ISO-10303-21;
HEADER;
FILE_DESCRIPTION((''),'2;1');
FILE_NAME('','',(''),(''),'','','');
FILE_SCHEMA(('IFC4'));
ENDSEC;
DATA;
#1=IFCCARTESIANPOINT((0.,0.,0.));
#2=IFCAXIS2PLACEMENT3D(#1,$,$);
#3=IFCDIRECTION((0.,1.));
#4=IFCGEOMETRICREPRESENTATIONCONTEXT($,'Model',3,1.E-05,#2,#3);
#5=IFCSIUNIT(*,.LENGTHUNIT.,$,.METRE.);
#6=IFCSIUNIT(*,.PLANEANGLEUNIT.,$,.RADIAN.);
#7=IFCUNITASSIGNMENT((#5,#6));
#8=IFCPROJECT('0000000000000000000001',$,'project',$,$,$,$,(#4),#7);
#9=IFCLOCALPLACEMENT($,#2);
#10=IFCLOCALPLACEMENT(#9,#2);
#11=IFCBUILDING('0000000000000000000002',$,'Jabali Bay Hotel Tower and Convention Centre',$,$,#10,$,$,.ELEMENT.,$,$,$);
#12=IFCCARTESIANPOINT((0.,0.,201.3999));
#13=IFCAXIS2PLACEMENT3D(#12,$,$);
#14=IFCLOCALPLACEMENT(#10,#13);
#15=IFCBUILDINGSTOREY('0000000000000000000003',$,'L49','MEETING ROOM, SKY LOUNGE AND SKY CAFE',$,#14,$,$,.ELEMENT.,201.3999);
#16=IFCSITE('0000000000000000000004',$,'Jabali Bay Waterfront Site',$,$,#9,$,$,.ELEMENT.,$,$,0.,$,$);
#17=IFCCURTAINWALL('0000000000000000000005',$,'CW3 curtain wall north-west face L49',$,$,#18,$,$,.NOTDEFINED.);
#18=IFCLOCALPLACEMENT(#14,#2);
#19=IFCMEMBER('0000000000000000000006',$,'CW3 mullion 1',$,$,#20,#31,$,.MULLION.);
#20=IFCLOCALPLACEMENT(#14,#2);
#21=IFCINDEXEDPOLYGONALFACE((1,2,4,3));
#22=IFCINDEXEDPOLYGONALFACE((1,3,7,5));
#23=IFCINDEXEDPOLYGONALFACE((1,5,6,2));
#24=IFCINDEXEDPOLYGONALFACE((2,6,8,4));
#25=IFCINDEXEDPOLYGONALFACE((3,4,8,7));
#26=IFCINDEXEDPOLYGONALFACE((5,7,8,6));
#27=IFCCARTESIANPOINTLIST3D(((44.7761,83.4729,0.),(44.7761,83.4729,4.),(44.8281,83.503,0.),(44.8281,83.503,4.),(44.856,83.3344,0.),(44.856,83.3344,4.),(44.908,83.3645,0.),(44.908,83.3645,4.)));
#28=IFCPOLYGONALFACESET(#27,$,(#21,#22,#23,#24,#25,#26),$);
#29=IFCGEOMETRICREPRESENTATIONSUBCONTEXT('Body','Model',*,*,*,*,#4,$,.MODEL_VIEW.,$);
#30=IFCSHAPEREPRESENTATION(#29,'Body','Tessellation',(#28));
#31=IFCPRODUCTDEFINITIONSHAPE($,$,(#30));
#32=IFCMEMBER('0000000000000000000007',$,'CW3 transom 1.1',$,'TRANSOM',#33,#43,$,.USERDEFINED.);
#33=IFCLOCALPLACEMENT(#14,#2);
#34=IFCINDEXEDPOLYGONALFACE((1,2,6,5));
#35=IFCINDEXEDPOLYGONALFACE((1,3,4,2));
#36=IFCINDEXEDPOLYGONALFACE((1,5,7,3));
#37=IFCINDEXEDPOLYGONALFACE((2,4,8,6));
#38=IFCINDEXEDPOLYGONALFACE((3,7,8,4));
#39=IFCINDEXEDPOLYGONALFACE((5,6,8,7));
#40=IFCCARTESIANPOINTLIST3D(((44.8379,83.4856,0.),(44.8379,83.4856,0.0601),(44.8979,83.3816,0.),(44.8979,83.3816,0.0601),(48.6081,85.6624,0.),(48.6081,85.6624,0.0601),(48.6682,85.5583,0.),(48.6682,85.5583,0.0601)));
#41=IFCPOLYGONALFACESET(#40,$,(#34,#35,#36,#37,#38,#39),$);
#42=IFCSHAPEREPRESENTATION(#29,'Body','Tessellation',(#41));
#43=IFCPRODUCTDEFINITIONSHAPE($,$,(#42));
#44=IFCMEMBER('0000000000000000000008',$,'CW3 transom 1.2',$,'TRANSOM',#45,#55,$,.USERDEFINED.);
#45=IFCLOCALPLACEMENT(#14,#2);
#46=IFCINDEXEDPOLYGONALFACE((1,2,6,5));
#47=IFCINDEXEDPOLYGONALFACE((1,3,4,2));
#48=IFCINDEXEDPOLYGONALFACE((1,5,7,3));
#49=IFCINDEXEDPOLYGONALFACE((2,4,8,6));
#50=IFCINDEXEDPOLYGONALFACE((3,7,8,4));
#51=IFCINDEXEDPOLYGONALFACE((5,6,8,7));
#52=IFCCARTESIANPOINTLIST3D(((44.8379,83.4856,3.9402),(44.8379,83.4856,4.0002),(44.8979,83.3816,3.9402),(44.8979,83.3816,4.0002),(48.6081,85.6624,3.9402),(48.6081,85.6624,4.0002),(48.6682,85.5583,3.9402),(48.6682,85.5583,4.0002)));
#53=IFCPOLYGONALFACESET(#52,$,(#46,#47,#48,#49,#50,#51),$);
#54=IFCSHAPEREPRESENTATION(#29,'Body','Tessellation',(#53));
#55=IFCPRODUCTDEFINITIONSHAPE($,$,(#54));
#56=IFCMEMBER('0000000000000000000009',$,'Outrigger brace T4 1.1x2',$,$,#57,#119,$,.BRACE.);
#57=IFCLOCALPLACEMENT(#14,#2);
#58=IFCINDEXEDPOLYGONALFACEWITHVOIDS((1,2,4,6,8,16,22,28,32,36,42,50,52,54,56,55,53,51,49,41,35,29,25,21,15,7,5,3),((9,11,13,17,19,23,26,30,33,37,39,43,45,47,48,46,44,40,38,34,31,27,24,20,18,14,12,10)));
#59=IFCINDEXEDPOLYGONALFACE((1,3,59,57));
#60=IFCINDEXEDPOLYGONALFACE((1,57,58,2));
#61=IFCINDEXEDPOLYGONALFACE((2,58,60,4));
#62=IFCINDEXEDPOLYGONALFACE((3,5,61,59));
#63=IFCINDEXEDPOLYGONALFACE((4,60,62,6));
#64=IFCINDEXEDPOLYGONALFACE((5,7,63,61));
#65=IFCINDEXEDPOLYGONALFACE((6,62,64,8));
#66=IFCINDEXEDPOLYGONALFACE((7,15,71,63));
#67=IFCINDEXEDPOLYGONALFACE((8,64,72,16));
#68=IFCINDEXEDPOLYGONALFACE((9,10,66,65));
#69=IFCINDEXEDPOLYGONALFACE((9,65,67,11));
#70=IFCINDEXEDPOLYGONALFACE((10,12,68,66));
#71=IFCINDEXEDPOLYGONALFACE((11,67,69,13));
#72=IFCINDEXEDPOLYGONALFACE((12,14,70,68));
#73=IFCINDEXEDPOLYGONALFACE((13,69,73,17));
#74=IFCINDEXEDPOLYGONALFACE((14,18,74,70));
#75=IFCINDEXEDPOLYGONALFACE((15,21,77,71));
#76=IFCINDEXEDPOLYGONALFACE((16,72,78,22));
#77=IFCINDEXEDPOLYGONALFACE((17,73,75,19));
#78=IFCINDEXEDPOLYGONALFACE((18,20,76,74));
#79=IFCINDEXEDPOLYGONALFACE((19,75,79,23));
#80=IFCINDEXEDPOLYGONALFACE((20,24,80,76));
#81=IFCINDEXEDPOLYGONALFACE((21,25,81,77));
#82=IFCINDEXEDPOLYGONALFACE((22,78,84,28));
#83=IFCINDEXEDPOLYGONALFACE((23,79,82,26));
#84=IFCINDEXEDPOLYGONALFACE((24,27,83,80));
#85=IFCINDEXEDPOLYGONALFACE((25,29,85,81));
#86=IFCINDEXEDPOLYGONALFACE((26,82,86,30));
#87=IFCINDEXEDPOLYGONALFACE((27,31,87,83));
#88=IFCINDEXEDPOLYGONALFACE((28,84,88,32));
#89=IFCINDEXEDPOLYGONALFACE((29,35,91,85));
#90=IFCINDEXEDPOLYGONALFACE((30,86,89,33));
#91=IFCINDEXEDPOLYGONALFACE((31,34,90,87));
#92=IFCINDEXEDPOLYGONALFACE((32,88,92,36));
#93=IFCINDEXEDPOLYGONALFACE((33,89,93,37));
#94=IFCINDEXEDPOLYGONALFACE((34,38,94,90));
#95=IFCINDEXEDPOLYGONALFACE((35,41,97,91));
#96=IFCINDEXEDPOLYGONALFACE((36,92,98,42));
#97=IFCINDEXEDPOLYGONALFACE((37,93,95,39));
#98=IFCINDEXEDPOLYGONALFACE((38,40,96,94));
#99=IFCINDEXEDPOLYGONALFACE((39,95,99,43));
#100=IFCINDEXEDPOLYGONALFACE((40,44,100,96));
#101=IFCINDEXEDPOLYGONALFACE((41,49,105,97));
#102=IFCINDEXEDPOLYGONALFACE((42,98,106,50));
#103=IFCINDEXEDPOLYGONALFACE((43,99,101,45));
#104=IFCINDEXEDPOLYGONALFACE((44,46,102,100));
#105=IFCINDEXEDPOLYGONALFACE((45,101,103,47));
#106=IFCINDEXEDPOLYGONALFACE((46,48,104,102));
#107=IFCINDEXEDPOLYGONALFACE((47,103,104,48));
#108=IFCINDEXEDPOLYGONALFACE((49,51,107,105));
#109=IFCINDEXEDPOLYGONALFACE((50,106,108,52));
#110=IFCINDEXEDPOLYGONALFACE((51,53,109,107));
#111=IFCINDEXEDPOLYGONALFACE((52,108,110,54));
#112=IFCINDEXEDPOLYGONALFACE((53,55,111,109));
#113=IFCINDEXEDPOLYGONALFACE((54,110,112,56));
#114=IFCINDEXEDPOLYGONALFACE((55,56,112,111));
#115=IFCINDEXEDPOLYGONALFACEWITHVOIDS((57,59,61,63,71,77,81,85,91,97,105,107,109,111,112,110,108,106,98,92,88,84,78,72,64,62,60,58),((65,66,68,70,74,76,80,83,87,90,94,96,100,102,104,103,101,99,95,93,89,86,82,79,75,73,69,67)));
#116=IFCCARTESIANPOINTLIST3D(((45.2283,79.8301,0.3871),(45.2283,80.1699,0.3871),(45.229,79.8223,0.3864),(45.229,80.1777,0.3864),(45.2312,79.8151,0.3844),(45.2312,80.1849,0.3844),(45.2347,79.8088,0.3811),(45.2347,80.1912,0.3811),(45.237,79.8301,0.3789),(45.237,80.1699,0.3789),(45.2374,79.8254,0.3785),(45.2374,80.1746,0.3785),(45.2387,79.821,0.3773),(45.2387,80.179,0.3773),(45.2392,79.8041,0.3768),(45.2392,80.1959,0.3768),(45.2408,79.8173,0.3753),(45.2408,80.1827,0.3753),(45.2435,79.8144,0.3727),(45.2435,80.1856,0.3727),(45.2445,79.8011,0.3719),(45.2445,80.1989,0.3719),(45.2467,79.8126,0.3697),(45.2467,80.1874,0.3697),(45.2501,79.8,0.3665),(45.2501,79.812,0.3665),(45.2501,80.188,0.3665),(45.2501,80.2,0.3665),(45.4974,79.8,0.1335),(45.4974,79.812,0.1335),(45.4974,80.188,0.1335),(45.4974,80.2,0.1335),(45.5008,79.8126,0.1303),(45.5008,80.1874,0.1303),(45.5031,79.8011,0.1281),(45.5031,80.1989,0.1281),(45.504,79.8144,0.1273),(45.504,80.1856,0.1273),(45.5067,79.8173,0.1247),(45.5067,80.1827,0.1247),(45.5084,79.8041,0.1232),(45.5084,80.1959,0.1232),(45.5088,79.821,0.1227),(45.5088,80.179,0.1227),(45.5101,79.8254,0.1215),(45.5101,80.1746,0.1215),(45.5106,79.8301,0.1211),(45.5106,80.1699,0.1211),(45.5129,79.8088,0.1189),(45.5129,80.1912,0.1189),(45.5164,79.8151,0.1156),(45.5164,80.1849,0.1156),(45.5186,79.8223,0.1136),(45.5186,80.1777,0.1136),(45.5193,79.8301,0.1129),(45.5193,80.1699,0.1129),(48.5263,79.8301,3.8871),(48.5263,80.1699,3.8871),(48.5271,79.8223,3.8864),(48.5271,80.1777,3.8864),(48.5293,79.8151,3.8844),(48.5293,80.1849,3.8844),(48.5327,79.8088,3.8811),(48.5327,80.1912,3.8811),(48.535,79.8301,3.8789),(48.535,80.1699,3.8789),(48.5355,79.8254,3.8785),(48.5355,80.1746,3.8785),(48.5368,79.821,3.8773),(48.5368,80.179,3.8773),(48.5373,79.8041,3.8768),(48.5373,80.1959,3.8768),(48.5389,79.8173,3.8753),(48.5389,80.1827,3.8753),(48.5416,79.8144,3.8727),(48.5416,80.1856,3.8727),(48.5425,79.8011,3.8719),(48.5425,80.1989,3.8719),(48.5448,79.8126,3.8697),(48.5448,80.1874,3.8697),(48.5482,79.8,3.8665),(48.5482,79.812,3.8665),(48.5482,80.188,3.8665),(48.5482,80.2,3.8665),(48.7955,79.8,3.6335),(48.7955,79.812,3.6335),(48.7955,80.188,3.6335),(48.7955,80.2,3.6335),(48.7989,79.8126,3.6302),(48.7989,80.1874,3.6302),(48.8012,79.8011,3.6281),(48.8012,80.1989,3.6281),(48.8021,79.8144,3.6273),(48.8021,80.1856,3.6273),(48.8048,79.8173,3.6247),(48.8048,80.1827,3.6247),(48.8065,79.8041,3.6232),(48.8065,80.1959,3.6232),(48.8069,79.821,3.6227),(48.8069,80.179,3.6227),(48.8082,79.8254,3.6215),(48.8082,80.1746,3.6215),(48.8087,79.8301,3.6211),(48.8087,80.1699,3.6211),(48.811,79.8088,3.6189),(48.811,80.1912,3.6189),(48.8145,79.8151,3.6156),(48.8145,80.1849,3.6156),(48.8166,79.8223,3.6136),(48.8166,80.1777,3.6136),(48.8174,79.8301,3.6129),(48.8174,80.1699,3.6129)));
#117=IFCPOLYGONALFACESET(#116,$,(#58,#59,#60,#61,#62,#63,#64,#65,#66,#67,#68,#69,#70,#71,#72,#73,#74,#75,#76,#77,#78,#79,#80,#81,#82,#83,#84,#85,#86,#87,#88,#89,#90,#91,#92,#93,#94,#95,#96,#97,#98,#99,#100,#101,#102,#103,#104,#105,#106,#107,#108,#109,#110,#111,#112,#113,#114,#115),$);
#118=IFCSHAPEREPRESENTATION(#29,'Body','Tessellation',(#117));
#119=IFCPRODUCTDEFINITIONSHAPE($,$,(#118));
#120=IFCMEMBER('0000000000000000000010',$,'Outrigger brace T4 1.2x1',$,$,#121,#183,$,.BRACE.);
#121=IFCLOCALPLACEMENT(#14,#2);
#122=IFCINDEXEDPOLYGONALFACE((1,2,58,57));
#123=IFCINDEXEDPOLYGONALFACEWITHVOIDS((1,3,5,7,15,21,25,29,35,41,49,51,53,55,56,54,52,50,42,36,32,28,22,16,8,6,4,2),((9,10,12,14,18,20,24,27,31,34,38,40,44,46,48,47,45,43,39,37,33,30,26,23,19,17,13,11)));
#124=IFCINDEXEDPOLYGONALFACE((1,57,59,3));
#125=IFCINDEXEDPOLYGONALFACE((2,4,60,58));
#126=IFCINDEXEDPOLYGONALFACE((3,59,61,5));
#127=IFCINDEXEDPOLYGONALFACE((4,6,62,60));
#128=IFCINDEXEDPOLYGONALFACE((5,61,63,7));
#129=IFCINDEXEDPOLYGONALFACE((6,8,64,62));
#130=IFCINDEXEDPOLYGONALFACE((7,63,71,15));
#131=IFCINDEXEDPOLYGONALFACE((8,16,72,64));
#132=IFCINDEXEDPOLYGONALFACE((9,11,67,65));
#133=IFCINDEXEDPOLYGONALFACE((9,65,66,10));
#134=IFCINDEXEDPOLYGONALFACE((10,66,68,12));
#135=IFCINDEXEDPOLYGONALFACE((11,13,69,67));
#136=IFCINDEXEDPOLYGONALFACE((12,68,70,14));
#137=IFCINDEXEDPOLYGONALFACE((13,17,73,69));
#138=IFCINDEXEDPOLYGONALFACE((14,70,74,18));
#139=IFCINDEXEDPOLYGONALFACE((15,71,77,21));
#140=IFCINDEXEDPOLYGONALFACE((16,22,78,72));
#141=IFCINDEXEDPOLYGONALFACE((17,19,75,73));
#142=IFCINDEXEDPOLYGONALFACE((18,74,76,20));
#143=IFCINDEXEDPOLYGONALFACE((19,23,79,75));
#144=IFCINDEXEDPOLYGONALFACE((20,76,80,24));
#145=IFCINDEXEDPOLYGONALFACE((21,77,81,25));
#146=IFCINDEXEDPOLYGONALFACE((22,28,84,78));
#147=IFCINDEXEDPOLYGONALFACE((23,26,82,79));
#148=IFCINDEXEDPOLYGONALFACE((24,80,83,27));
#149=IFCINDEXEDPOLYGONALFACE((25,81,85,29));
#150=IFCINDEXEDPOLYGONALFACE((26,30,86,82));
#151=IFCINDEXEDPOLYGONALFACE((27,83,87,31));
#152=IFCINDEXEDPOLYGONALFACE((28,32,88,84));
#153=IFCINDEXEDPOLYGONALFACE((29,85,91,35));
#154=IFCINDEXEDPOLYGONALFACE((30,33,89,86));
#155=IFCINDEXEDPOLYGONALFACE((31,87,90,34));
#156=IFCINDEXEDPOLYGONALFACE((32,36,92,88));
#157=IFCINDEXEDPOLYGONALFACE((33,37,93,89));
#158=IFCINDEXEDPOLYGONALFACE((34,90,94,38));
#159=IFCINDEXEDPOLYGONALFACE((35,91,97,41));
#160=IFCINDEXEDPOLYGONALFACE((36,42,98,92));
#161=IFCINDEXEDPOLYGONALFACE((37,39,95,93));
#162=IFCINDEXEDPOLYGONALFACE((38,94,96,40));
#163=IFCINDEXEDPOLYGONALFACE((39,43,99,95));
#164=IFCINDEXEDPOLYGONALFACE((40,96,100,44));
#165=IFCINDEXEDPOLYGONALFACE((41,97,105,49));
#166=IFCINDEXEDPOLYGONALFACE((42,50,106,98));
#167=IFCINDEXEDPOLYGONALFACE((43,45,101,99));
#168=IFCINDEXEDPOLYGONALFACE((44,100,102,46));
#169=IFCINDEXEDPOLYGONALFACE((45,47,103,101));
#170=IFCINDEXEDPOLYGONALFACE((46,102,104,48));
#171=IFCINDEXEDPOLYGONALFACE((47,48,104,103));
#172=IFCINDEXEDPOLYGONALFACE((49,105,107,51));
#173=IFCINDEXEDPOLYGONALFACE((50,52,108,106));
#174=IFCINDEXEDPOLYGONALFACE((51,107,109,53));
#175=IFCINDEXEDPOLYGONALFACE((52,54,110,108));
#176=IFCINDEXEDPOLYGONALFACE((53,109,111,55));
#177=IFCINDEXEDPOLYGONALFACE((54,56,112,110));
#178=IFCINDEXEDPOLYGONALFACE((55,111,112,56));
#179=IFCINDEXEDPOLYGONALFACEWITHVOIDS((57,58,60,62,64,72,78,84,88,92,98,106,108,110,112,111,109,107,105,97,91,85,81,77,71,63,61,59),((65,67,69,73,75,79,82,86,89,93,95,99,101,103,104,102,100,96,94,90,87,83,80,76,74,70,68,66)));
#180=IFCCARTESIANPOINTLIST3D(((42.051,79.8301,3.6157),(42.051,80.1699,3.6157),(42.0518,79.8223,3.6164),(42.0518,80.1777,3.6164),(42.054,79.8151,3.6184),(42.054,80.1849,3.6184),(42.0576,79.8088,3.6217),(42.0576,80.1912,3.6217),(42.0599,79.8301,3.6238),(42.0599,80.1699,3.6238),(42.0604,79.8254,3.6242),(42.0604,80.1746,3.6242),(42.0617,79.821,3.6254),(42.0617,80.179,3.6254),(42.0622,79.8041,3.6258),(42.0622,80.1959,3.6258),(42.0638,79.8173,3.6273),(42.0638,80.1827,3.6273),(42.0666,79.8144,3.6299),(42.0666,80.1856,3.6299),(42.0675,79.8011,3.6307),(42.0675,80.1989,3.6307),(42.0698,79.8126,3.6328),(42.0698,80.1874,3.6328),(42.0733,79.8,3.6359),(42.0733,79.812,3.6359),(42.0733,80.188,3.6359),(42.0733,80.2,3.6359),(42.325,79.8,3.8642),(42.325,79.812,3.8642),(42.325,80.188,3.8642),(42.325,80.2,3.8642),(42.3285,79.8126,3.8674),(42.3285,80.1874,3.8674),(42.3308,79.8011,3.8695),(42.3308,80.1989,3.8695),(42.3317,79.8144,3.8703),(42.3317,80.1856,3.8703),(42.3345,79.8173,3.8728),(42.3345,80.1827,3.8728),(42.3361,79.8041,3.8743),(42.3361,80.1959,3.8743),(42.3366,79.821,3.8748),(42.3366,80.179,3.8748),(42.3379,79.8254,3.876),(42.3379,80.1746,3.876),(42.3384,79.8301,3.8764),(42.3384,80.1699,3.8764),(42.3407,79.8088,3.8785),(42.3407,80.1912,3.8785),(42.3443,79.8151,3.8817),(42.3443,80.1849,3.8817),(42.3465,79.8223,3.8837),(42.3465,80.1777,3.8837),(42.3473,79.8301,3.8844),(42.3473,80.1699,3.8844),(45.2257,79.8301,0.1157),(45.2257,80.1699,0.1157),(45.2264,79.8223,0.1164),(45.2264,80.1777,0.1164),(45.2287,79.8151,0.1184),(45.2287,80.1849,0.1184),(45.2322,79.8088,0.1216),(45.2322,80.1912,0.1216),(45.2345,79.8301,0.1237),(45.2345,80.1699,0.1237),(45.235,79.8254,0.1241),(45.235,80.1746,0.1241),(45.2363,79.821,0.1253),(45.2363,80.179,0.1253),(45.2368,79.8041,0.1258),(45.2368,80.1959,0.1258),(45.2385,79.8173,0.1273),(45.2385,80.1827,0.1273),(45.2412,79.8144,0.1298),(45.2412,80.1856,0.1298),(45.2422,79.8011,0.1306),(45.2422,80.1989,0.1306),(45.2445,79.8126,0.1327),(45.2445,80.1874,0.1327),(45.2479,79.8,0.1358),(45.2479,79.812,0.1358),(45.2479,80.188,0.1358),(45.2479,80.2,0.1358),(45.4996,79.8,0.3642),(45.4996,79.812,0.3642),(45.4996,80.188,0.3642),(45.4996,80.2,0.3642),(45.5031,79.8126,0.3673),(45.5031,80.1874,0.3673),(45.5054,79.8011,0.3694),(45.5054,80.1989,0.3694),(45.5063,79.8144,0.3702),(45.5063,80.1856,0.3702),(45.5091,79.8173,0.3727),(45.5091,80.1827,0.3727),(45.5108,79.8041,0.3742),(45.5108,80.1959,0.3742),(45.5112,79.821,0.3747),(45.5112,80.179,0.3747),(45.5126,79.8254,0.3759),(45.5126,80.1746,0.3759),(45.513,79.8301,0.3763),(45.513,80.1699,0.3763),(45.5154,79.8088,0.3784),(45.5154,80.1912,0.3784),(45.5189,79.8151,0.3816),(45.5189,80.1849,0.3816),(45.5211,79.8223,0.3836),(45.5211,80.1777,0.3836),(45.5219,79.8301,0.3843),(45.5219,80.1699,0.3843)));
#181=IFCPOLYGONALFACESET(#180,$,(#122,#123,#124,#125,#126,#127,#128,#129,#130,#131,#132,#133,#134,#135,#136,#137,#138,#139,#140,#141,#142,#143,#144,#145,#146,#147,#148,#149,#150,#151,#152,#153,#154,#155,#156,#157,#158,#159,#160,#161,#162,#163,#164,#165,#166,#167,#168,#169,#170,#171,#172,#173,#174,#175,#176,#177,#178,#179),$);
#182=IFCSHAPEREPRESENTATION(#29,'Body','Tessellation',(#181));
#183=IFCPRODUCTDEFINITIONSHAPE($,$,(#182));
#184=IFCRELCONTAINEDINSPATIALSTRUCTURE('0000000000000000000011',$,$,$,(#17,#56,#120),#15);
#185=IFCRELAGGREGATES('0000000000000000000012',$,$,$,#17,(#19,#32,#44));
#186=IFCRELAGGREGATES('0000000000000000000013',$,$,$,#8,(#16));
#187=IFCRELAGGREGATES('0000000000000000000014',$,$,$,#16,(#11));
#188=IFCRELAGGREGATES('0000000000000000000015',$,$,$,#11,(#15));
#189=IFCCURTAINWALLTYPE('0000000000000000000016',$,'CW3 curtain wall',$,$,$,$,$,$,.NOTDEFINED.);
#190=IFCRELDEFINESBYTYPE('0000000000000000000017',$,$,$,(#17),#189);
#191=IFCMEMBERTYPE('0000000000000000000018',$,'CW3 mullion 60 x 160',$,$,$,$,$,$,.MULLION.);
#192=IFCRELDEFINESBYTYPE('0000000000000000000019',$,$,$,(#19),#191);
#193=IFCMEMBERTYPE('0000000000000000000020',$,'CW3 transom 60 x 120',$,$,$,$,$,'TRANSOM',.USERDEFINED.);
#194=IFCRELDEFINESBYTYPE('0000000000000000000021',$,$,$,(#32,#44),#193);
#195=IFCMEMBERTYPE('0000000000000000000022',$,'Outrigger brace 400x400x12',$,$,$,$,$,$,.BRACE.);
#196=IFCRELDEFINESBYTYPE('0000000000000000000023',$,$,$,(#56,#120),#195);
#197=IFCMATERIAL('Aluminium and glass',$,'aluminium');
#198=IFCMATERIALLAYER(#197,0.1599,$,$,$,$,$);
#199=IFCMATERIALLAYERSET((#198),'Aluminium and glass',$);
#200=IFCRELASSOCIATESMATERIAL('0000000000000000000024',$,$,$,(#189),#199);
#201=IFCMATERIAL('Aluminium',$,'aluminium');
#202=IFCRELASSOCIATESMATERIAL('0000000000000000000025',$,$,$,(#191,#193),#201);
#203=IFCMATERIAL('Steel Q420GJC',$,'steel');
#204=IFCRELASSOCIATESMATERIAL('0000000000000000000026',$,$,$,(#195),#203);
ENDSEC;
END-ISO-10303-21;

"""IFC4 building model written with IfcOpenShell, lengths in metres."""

from ifc_helpers import new_model, si_unit, direction, frame, origin, origin_2d, place, context, subcontext, project, spatial, rectangle, hollow_rectangle, extrude, material, layer, layer_set, material_profile, profile_set, type_object, element, aggregate, save


model = new_model("IFC4")

# Units and contexts
model_context = context("Model", 3, precision=1e-05, world=origin(), true_north=direction((0.0, 1.0)))
body_context = subcontext(model_context, "Body", "Model", "MODEL_VIEW")
ifc_project = project(units=[si_unit("LENGTHUNIT", "METRE"), si_unit("PLANEANGLEUNIT", "RADIAN")], contexts=[model_context])

# Site, building, storey
site_placement = place(None, origin())
site = spatial("IfcSite", under=ifc_project, at=site_placement, Name="Jabali Bay Waterfront Site", CompositionType="ELEMENT", RefElevation=0.0)
building_placement = place(site_placement, origin())
building = spatial("IfcBuilding", under=site, at=building_placement, Name="Jabali Bay Hotel Tower and Convention Centre", CompositionType="ELEMENT")
storey_placement = place(building_placement, frame((0.0, 0.0, 201.3999)))
storey = spatial("IfcBuildingStorey", under=building, at=storey_placement, Name="L49", Description="MEETING ROOM, SKY LOUNGE AND SKY CAFE", CompositionType="ELEMENT", Elevation=201.3999)

# Shared definitions
ifc_material_1 = material(Name="Steel Q420GJC", Category="steel")

# Curtain wall, members
ifc_material_2 = material(Name="Aluminium and glass", Category="aluminium")
ifc_layer_1 = layer(ifc_material_2, 0.1599)
ifc_layer_set_1 = layer_set([ifc_layer_1], Name="Aluminium and glass")
curtain_wall_type = type_object("IfcCurtainWallType", Name="CW3 curtain wall", PredefinedType="NOTDEFINED", material=ifc_layer_set_1)
curtain_wall_placement = place(storey_placement, origin())
curtain_wall = element("IfcCurtainWall", 1, at=curtain_wall_placement, inside=storey, type_object=curtain_wall_type, Name="CW3 curtain wall north-west face L49", PredefinedType="NOTDEFINED")
ifc_material_3 = material(Name="Aluminium", Category="aluminium")
ifc_material_profile_1 = material_profile(ifc_material_3, rectangle(XDim=0.1599, YDim=0.0601, at=origin_2d()), Name="CW3 mullion 60 x 160")
ifc_profile_set_1 = profile_set([ifc_material_profile_1], Name="Aluminium")
member_type_1 = type_object("IfcMemberType", Name="CW3 mullion 60 x 160", PredefinedType="MULLION", material=ifc_profile_set_1)
member_1_placement = place(storey_placement, frame((44.842, 83.4187, 0.0), z_axis=(0.0, 0.0, 1.0), x_axis=(-0.5, 0.866025, 0.0)))
member_1 = element("IfcMember", 2, at=member_1_placement, type_object=member_type_1, Name="CW3 mullion 1", PredefinedType="MULLION", context=body_context, shape_type="SweptSolid", body=[
    extrude(rectangle(XDim=0.1599, YDim=0.0601, at=origin_2d()), origin(), (0.0, 0.0, 1.0), 4.0),
])
ifc_material_profile_2 = material_profile(ifc_material_3, rectangle(XDim=0.1201, YDim=0.0601, at=origin_2d()), Name="CW3 transom 60 x 120")
ifc_profile_set_2 = profile_set([ifc_material_profile_2], Name="Aluminium")
member_type_2 = type_object("IfcMemberType", Name="CW3 transom 60 x 120", ElementType="TRANSOM", PredefinedType="USERDEFINED", material=ifc_profile_set_2)
member_2_placement = place(storey_placement, frame((44.8679, 83.4336, 0.03), z_axis=(0.866026, 0.499999, 0.0), x_axis=(-0.499999, 0.866026, 0.0)))
member_2 = element("IfcMember", 3, at=member_2_placement, type_object=member_type_2, Name="CW3 transom 1.1", ObjectType="TRANSOM", PredefinedType="USERDEFINED", context=body_context, shape_type="SweptSolid", body=[
    extrude(rectangle(XDim=0.1201, YDim=0.0601, at=origin_2d()), origin(), (0.0, 0.0, 1.0), 4.3535),
])
member_3_placement = place(storey_placement, frame((44.8679, 83.4336, 3.9702), z_axis=(0.866026, 0.499999, 0.0), x_axis=(-0.499999, 0.866026, 0.0)))
member_3 = element("IfcMember", 4, at=member_3_placement, type_object=member_type_2, Name="CW3 transom 1.2", ObjectType="TRANSOM", PredefinedType="USERDEFINED", context=body_context, shape_type="SweptSolid", body=[
    extrude(rectangle(XDim=0.1201, YDim=0.0601, at=origin_2d()), origin(), (0.0, 0.0, 1.0), 4.3535),
])

# Members
ifc_material_profile_3 = material_profile(ifc_material_1, hollow_rectangle(XDim=0.3999, YDim=0.3999, WallThickness=0.012, InnerFilletRadius=0.0181, OuterFilletRadius=0.03, at=origin_2d()), Name="Outrigger brace 400x400x12")
ifc_profile_set_3 = profile_set([ifc_material_profile_3], Name="Steel Q420GJC")
member_type_3 = type_object("IfcMemberType", Name="Outrigger brace 400x400x12", PredefinedType="BRACE", material=ifc_profile_set_3)
member_4_placement = place(storey_placement, frame((45.3738, 80.0, 0.25), z_axis=(0.685803, 0.0, 0.727787), x_axis=(0.0, 1.0, 0.0)))
element("IfcMember", 5, at=member_4_placement, inside=storey, type_object=member_type_3, Name="Outrigger brace T4 1.1x2", PredefinedType="BRACE", context=body_context, shape_type="SweptSolid", body=[
    extrude(hollow_rectangle(XDim=0.3999, YDim=0.3999, WallThickness=0.012, InnerFilletRadius=0.0181, OuterFilletRadius=0.03, at=origin_2d()), origin(), (0.0, 0.0, 1.0), 4.8091),
])
member_5_placement = place(storey_placement, frame((45.3738, 80.0, 0.25), z_axis=(-0.671831, 0.0, 0.740704), x_axis=(0.0, -1.0, 0.0)))
element("IfcMember", 6, at=member_5_placement, inside=storey, type_object=member_type_3, Name="Outrigger brace T4 1.2x1", PredefinedType="BRACE", context=body_context, shape_type="SweptSolid", body=[
    extrude(hollow_rectangle(XDim=0.3999, YDim=0.3999, WallThickness=0.012, InnerFilletRadius=0.0181, OuterFilletRadius=0.03, at=origin_2d()), origin(), (0.0, 0.0, 1.0), 4.7253),
])

aggregate(curtain_wall, [member_1, member_2, member_3])

save(model, "model.ifc")
